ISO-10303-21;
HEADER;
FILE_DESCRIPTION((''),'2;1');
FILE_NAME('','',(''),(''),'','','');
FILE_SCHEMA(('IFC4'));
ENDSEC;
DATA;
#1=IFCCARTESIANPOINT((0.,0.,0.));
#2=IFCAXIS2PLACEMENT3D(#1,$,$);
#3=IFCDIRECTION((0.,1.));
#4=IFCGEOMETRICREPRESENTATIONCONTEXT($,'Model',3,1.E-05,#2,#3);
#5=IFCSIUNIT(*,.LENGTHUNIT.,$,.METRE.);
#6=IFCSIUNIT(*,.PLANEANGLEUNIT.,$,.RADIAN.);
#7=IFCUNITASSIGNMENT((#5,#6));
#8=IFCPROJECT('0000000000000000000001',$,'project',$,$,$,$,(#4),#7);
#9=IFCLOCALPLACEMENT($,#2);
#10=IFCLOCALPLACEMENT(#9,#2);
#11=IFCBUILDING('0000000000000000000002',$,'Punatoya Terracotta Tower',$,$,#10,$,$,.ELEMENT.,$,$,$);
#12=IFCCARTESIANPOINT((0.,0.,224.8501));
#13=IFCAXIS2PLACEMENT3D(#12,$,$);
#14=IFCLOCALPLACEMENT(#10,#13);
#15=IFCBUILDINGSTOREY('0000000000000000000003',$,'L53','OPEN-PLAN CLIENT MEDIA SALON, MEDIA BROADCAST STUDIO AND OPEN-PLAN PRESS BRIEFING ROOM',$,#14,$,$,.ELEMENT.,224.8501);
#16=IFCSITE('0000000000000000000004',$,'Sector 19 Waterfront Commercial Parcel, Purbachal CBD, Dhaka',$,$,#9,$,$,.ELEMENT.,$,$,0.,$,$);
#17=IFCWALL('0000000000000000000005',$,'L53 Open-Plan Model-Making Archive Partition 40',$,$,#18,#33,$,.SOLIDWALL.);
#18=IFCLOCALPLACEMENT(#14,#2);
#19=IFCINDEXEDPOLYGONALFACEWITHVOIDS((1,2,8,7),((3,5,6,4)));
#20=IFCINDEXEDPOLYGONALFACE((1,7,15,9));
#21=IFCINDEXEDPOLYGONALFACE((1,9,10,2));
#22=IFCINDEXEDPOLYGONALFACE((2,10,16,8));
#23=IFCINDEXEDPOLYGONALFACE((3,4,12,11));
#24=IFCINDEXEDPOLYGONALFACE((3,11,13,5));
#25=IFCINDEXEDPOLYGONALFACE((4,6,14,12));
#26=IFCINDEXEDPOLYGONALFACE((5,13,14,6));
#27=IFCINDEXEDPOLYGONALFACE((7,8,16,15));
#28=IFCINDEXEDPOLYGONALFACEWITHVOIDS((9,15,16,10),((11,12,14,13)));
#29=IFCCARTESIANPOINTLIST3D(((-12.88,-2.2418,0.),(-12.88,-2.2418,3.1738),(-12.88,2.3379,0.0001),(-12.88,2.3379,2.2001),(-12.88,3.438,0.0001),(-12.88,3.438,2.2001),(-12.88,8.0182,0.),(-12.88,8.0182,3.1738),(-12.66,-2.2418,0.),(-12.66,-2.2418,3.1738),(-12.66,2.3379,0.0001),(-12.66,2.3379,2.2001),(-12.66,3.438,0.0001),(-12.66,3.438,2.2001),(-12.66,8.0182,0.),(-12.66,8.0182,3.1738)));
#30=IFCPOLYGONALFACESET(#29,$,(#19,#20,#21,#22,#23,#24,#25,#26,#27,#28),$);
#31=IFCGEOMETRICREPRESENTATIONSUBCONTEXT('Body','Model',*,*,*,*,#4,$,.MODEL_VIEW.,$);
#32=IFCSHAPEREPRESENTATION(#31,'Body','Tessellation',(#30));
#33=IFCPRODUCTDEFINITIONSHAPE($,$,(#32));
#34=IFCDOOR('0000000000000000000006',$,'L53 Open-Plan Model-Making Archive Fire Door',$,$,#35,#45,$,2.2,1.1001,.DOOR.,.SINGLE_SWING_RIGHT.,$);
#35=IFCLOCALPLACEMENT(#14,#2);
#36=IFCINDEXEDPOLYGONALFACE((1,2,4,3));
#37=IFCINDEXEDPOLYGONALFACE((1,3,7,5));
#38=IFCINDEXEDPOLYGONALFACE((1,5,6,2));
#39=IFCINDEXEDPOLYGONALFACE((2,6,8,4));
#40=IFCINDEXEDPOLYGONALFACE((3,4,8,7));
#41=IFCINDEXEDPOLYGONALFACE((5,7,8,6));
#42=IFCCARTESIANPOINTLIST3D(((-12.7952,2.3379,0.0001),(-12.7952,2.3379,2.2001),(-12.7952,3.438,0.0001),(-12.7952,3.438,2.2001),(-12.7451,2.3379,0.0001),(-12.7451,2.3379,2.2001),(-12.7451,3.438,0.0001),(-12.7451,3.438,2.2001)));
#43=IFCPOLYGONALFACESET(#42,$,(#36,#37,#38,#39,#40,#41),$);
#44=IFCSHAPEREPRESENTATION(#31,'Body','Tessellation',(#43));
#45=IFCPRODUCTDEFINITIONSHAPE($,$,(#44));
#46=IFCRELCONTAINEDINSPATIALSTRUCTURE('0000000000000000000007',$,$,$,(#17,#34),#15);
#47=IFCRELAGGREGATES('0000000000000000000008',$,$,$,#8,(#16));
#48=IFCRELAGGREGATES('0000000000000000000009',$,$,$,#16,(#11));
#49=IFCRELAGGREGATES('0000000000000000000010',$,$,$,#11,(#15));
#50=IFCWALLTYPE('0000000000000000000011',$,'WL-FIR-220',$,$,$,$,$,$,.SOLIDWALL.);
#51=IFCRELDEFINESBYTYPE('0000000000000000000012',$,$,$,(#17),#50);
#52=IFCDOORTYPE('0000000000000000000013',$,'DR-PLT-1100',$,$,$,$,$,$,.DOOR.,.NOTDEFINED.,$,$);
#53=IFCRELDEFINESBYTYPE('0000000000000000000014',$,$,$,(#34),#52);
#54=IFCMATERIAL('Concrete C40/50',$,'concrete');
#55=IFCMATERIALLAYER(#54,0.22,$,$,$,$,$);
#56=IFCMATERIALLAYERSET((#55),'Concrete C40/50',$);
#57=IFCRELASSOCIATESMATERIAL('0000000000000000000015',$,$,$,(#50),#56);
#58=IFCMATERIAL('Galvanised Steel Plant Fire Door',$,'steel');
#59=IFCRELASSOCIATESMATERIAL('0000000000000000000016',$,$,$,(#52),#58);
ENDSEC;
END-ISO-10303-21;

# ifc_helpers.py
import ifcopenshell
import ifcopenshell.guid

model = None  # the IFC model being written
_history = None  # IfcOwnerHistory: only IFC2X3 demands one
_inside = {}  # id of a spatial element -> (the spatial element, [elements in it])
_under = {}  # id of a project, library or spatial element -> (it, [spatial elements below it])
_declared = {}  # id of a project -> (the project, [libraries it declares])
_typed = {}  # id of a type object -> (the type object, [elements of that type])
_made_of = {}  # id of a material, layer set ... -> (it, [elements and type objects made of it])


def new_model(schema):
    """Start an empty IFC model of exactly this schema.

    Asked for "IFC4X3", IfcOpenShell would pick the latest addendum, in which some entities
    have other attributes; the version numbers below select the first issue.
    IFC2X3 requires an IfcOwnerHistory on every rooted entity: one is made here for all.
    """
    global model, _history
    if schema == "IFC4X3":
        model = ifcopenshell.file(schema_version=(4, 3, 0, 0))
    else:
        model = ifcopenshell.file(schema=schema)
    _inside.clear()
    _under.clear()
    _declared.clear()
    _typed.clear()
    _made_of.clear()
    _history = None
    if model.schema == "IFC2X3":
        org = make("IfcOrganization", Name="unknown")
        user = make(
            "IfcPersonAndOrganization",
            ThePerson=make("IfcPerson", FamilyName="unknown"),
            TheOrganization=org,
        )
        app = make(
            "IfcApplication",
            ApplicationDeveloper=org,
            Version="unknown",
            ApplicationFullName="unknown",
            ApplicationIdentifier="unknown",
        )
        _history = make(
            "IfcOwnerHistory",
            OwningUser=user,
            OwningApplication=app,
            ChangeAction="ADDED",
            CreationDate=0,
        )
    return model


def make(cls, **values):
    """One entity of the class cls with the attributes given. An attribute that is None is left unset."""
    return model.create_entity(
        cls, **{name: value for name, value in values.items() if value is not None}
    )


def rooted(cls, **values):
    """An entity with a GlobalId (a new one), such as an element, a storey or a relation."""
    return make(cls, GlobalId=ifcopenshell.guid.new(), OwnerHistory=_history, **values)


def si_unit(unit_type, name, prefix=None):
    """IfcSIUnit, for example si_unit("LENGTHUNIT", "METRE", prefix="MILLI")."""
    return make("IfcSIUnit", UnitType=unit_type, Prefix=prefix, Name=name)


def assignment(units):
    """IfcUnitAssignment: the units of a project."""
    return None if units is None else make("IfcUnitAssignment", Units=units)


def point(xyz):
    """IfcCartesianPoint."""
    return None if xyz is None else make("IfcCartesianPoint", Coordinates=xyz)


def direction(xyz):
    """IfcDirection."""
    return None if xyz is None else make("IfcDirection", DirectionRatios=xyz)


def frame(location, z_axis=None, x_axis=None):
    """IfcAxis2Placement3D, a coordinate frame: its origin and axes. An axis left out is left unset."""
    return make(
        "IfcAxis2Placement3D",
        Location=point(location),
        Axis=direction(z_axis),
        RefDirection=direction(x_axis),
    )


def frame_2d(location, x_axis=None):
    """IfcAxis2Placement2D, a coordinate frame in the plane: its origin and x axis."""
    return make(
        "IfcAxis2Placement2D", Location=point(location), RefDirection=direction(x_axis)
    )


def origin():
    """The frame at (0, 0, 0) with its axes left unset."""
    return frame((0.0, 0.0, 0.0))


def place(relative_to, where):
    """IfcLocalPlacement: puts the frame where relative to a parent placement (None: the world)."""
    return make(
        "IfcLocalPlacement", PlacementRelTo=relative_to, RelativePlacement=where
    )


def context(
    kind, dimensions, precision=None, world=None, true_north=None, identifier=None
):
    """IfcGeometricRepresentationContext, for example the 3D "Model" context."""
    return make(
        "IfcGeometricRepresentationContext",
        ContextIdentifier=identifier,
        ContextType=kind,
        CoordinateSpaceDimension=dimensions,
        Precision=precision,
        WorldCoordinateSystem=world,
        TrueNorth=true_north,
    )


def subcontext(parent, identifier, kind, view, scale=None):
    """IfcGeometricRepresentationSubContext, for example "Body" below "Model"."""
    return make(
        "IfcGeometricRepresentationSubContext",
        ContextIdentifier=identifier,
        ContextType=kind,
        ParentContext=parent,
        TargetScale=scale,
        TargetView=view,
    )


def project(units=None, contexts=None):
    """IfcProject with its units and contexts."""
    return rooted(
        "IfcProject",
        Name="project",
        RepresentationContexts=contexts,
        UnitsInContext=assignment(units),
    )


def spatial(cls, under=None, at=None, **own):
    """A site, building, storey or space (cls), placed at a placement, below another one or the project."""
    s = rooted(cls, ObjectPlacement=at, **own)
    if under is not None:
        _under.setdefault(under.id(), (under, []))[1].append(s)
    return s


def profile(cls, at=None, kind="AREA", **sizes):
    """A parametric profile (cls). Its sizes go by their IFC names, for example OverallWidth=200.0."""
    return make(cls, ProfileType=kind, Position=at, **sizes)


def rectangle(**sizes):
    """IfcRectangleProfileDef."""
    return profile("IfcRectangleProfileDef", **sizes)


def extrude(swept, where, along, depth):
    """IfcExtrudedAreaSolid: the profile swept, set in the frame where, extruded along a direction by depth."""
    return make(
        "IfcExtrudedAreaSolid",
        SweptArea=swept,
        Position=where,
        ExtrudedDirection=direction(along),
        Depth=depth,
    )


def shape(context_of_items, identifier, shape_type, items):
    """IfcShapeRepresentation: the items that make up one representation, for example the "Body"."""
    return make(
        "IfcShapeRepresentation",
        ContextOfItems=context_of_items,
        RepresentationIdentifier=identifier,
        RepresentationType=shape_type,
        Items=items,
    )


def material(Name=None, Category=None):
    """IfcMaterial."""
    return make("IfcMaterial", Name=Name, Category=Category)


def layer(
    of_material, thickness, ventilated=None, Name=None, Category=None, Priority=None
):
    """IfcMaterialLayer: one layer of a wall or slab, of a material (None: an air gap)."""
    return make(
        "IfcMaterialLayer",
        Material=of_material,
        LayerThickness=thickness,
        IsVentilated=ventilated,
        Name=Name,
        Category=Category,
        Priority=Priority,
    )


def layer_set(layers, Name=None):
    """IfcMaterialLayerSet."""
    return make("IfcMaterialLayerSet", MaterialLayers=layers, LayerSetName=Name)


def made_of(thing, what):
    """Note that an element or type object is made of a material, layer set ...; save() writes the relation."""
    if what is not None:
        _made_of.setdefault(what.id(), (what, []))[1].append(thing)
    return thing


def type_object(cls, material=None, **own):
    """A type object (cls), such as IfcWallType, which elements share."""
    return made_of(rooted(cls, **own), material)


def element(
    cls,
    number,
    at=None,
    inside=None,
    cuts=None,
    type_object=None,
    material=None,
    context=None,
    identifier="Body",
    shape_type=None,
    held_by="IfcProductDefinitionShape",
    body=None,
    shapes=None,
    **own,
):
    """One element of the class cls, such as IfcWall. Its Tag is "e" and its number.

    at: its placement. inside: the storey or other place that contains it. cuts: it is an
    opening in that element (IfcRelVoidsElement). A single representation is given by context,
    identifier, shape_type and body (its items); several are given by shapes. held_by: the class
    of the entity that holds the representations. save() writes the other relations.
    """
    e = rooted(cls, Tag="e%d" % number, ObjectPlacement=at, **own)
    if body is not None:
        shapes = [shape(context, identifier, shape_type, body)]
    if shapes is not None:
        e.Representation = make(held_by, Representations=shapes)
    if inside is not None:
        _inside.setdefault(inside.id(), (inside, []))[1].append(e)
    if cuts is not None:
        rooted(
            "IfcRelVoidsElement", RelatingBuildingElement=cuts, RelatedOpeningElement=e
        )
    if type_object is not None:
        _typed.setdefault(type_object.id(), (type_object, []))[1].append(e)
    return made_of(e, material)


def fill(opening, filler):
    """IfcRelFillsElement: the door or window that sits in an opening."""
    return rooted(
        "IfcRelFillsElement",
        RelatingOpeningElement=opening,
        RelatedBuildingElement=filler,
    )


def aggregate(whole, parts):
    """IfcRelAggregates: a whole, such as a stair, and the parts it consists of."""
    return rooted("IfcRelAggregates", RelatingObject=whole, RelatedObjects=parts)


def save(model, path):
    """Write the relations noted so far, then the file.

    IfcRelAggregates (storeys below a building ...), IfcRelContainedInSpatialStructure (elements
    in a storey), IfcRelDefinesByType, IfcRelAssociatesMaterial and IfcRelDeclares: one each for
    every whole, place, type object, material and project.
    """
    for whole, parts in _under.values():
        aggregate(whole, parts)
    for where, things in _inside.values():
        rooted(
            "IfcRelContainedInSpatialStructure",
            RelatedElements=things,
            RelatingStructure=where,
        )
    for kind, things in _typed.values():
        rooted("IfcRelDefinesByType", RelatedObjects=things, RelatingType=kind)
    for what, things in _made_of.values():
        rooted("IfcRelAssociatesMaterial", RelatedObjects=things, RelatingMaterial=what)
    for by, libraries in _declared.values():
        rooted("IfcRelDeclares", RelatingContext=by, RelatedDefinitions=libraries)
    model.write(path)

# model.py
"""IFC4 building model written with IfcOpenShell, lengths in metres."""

from ifc_helpers import new_model, si_unit, direction, frame, frame_2d, origin, place, context, subcontext, project, spatial, rectangle, extrude, material, layer, layer_set, type_object, element, fill, save


model = new_model("IFC4")

# Units and contexts
model_context = context("Model", 3, precision=1e-05, world=origin(), true_north=direction((0.0, 1.0)))
body_context = subcontext(model_context, "Body", "Model", "MODEL_VIEW")
ifc_project = project(units=[si_unit("LENGTHUNIT", "METRE"), si_unit("PLANEANGLEUNIT", "RADIAN")], contexts=[model_context])

# Site, building, storey
site_placement = place(None, origin())
site = spatial("IfcSite", under=ifc_project, at=site_placement, Name="Sector 19 Waterfront Commercial Parcel, Purbachal CBD, Dhaka", CompositionType="ELEMENT", RefElevation=0.0)
building_placement = place(site_placement, origin())
building = spatial("IfcBuilding", under=site, at=building_placement, Name="Punatoya Terracotta Tower", CompositionType="ELEMENT")
storey_placement = place(building_placement, frame((0.0, 0.0, 224.8501)))
storey = spatial("IfcBuildingStorey", under=building, at=storey_placement, Name="L53", Description="OPEN-PLAN CLIENT MEDIA SALON, MEDIA BROADCAST STUDIO AND OPEN-PLAN PRESS BRIEFING ROOM", CompositionType="ELEMENT", Elevation=224.8501)

# Shared definitions
ifc_material_1 = material(Name="Concrete C40/50", Category="concrete")
ifc_layer_1 = layer(ifc_material_1, 0.22)
ifc_layer_set_1 = layer_set([ifc_layer_1], Name="Concrete C40/50")
wall_type_1 = type_object("IfcWallType", Name="WL-FIR-220", PredefinedType="SOLIDWALL", material=ifc_layer_set_1)

# Wall, opening, door
wall_1_placement = place(storey_placement, frame((-12.77, 8.0181, 0.0), z_axis=(0.0, 0.0, 1.0), x_axis=(0.0, -1.0, 0.0)))
wall_1 = element("IfcWall", 1, at=wall_1_placement, inside=storey, type_object=wall_type_1, Name="L53 Open-Plan Model-Making Archive Partition 40", PredefinedType="SOLIDWALL", context=body_context, shape_type="SweptSolid", body=[
    extrude(rectangle(XDim=10.26, YDim=0.22, at=frame_2d((5.1299, 0.0))), origin(), (0.0, 0.0, 1.0), 3.1738),
])
opening_1_placement = place(wall_1_placement, frame((4.5801, 0.0, 0.0)))
opening_1 = element("IfcOpeningElement", 2, at=opening_1_placement, cuts=wall_1, PredefinedType="OPENING", context=body_context, shape_type="SweptSolid", body=[
    extrude(rectangle(XDim=1.1001, YDim=2.2, at=frame_2d((0.55, 1.1001))), frame((0.0, 0.1199, 0.0), z_axis=(0.0, -1.0, 0.0), x_axis=(1.0, 0.0, 0.0)), (0.0, 0.0, 1.0), 0.24),
])
ifc_material_2 = material(Name="Galvanised Steel Plant Fire Door", Category="steel")
door_type_1 = type_object("IfcDoorType", Name="DR-PLT-1100", OperationType="NOTDEFINED", PredefinedType="DOOR", material=ifc_material_2)
door_1_placement = place(opening_1_placement, origin())
door_1 = element("IfcDoor", 3, at=door_1_placement, inside=storey, type_object=door_type_1, Name="L53 Open-Plan Model-Making Archive Fire Door", OperationType="SINGLE_SWING_RIGHT", OverallHeight=2.2, OverallWidth=1.1001, PredefinedType="DOOR", context=body_context, shape_type="SweptSolid", body=[
    extrude(rectangle(XDim=1.1001, YDim=2.2, at=frame_2d((0.55, 1.1001))), frame((0.0, 0.0249, 0.0), z_axis=(0.0, -1.0, 0.0), x_axis=(1.0, 0.0, 0.0)), (0.0, 0.0, 1.0), 0.05),
])
fill(opening_1, door_1)

save(model, "model.ifc")
